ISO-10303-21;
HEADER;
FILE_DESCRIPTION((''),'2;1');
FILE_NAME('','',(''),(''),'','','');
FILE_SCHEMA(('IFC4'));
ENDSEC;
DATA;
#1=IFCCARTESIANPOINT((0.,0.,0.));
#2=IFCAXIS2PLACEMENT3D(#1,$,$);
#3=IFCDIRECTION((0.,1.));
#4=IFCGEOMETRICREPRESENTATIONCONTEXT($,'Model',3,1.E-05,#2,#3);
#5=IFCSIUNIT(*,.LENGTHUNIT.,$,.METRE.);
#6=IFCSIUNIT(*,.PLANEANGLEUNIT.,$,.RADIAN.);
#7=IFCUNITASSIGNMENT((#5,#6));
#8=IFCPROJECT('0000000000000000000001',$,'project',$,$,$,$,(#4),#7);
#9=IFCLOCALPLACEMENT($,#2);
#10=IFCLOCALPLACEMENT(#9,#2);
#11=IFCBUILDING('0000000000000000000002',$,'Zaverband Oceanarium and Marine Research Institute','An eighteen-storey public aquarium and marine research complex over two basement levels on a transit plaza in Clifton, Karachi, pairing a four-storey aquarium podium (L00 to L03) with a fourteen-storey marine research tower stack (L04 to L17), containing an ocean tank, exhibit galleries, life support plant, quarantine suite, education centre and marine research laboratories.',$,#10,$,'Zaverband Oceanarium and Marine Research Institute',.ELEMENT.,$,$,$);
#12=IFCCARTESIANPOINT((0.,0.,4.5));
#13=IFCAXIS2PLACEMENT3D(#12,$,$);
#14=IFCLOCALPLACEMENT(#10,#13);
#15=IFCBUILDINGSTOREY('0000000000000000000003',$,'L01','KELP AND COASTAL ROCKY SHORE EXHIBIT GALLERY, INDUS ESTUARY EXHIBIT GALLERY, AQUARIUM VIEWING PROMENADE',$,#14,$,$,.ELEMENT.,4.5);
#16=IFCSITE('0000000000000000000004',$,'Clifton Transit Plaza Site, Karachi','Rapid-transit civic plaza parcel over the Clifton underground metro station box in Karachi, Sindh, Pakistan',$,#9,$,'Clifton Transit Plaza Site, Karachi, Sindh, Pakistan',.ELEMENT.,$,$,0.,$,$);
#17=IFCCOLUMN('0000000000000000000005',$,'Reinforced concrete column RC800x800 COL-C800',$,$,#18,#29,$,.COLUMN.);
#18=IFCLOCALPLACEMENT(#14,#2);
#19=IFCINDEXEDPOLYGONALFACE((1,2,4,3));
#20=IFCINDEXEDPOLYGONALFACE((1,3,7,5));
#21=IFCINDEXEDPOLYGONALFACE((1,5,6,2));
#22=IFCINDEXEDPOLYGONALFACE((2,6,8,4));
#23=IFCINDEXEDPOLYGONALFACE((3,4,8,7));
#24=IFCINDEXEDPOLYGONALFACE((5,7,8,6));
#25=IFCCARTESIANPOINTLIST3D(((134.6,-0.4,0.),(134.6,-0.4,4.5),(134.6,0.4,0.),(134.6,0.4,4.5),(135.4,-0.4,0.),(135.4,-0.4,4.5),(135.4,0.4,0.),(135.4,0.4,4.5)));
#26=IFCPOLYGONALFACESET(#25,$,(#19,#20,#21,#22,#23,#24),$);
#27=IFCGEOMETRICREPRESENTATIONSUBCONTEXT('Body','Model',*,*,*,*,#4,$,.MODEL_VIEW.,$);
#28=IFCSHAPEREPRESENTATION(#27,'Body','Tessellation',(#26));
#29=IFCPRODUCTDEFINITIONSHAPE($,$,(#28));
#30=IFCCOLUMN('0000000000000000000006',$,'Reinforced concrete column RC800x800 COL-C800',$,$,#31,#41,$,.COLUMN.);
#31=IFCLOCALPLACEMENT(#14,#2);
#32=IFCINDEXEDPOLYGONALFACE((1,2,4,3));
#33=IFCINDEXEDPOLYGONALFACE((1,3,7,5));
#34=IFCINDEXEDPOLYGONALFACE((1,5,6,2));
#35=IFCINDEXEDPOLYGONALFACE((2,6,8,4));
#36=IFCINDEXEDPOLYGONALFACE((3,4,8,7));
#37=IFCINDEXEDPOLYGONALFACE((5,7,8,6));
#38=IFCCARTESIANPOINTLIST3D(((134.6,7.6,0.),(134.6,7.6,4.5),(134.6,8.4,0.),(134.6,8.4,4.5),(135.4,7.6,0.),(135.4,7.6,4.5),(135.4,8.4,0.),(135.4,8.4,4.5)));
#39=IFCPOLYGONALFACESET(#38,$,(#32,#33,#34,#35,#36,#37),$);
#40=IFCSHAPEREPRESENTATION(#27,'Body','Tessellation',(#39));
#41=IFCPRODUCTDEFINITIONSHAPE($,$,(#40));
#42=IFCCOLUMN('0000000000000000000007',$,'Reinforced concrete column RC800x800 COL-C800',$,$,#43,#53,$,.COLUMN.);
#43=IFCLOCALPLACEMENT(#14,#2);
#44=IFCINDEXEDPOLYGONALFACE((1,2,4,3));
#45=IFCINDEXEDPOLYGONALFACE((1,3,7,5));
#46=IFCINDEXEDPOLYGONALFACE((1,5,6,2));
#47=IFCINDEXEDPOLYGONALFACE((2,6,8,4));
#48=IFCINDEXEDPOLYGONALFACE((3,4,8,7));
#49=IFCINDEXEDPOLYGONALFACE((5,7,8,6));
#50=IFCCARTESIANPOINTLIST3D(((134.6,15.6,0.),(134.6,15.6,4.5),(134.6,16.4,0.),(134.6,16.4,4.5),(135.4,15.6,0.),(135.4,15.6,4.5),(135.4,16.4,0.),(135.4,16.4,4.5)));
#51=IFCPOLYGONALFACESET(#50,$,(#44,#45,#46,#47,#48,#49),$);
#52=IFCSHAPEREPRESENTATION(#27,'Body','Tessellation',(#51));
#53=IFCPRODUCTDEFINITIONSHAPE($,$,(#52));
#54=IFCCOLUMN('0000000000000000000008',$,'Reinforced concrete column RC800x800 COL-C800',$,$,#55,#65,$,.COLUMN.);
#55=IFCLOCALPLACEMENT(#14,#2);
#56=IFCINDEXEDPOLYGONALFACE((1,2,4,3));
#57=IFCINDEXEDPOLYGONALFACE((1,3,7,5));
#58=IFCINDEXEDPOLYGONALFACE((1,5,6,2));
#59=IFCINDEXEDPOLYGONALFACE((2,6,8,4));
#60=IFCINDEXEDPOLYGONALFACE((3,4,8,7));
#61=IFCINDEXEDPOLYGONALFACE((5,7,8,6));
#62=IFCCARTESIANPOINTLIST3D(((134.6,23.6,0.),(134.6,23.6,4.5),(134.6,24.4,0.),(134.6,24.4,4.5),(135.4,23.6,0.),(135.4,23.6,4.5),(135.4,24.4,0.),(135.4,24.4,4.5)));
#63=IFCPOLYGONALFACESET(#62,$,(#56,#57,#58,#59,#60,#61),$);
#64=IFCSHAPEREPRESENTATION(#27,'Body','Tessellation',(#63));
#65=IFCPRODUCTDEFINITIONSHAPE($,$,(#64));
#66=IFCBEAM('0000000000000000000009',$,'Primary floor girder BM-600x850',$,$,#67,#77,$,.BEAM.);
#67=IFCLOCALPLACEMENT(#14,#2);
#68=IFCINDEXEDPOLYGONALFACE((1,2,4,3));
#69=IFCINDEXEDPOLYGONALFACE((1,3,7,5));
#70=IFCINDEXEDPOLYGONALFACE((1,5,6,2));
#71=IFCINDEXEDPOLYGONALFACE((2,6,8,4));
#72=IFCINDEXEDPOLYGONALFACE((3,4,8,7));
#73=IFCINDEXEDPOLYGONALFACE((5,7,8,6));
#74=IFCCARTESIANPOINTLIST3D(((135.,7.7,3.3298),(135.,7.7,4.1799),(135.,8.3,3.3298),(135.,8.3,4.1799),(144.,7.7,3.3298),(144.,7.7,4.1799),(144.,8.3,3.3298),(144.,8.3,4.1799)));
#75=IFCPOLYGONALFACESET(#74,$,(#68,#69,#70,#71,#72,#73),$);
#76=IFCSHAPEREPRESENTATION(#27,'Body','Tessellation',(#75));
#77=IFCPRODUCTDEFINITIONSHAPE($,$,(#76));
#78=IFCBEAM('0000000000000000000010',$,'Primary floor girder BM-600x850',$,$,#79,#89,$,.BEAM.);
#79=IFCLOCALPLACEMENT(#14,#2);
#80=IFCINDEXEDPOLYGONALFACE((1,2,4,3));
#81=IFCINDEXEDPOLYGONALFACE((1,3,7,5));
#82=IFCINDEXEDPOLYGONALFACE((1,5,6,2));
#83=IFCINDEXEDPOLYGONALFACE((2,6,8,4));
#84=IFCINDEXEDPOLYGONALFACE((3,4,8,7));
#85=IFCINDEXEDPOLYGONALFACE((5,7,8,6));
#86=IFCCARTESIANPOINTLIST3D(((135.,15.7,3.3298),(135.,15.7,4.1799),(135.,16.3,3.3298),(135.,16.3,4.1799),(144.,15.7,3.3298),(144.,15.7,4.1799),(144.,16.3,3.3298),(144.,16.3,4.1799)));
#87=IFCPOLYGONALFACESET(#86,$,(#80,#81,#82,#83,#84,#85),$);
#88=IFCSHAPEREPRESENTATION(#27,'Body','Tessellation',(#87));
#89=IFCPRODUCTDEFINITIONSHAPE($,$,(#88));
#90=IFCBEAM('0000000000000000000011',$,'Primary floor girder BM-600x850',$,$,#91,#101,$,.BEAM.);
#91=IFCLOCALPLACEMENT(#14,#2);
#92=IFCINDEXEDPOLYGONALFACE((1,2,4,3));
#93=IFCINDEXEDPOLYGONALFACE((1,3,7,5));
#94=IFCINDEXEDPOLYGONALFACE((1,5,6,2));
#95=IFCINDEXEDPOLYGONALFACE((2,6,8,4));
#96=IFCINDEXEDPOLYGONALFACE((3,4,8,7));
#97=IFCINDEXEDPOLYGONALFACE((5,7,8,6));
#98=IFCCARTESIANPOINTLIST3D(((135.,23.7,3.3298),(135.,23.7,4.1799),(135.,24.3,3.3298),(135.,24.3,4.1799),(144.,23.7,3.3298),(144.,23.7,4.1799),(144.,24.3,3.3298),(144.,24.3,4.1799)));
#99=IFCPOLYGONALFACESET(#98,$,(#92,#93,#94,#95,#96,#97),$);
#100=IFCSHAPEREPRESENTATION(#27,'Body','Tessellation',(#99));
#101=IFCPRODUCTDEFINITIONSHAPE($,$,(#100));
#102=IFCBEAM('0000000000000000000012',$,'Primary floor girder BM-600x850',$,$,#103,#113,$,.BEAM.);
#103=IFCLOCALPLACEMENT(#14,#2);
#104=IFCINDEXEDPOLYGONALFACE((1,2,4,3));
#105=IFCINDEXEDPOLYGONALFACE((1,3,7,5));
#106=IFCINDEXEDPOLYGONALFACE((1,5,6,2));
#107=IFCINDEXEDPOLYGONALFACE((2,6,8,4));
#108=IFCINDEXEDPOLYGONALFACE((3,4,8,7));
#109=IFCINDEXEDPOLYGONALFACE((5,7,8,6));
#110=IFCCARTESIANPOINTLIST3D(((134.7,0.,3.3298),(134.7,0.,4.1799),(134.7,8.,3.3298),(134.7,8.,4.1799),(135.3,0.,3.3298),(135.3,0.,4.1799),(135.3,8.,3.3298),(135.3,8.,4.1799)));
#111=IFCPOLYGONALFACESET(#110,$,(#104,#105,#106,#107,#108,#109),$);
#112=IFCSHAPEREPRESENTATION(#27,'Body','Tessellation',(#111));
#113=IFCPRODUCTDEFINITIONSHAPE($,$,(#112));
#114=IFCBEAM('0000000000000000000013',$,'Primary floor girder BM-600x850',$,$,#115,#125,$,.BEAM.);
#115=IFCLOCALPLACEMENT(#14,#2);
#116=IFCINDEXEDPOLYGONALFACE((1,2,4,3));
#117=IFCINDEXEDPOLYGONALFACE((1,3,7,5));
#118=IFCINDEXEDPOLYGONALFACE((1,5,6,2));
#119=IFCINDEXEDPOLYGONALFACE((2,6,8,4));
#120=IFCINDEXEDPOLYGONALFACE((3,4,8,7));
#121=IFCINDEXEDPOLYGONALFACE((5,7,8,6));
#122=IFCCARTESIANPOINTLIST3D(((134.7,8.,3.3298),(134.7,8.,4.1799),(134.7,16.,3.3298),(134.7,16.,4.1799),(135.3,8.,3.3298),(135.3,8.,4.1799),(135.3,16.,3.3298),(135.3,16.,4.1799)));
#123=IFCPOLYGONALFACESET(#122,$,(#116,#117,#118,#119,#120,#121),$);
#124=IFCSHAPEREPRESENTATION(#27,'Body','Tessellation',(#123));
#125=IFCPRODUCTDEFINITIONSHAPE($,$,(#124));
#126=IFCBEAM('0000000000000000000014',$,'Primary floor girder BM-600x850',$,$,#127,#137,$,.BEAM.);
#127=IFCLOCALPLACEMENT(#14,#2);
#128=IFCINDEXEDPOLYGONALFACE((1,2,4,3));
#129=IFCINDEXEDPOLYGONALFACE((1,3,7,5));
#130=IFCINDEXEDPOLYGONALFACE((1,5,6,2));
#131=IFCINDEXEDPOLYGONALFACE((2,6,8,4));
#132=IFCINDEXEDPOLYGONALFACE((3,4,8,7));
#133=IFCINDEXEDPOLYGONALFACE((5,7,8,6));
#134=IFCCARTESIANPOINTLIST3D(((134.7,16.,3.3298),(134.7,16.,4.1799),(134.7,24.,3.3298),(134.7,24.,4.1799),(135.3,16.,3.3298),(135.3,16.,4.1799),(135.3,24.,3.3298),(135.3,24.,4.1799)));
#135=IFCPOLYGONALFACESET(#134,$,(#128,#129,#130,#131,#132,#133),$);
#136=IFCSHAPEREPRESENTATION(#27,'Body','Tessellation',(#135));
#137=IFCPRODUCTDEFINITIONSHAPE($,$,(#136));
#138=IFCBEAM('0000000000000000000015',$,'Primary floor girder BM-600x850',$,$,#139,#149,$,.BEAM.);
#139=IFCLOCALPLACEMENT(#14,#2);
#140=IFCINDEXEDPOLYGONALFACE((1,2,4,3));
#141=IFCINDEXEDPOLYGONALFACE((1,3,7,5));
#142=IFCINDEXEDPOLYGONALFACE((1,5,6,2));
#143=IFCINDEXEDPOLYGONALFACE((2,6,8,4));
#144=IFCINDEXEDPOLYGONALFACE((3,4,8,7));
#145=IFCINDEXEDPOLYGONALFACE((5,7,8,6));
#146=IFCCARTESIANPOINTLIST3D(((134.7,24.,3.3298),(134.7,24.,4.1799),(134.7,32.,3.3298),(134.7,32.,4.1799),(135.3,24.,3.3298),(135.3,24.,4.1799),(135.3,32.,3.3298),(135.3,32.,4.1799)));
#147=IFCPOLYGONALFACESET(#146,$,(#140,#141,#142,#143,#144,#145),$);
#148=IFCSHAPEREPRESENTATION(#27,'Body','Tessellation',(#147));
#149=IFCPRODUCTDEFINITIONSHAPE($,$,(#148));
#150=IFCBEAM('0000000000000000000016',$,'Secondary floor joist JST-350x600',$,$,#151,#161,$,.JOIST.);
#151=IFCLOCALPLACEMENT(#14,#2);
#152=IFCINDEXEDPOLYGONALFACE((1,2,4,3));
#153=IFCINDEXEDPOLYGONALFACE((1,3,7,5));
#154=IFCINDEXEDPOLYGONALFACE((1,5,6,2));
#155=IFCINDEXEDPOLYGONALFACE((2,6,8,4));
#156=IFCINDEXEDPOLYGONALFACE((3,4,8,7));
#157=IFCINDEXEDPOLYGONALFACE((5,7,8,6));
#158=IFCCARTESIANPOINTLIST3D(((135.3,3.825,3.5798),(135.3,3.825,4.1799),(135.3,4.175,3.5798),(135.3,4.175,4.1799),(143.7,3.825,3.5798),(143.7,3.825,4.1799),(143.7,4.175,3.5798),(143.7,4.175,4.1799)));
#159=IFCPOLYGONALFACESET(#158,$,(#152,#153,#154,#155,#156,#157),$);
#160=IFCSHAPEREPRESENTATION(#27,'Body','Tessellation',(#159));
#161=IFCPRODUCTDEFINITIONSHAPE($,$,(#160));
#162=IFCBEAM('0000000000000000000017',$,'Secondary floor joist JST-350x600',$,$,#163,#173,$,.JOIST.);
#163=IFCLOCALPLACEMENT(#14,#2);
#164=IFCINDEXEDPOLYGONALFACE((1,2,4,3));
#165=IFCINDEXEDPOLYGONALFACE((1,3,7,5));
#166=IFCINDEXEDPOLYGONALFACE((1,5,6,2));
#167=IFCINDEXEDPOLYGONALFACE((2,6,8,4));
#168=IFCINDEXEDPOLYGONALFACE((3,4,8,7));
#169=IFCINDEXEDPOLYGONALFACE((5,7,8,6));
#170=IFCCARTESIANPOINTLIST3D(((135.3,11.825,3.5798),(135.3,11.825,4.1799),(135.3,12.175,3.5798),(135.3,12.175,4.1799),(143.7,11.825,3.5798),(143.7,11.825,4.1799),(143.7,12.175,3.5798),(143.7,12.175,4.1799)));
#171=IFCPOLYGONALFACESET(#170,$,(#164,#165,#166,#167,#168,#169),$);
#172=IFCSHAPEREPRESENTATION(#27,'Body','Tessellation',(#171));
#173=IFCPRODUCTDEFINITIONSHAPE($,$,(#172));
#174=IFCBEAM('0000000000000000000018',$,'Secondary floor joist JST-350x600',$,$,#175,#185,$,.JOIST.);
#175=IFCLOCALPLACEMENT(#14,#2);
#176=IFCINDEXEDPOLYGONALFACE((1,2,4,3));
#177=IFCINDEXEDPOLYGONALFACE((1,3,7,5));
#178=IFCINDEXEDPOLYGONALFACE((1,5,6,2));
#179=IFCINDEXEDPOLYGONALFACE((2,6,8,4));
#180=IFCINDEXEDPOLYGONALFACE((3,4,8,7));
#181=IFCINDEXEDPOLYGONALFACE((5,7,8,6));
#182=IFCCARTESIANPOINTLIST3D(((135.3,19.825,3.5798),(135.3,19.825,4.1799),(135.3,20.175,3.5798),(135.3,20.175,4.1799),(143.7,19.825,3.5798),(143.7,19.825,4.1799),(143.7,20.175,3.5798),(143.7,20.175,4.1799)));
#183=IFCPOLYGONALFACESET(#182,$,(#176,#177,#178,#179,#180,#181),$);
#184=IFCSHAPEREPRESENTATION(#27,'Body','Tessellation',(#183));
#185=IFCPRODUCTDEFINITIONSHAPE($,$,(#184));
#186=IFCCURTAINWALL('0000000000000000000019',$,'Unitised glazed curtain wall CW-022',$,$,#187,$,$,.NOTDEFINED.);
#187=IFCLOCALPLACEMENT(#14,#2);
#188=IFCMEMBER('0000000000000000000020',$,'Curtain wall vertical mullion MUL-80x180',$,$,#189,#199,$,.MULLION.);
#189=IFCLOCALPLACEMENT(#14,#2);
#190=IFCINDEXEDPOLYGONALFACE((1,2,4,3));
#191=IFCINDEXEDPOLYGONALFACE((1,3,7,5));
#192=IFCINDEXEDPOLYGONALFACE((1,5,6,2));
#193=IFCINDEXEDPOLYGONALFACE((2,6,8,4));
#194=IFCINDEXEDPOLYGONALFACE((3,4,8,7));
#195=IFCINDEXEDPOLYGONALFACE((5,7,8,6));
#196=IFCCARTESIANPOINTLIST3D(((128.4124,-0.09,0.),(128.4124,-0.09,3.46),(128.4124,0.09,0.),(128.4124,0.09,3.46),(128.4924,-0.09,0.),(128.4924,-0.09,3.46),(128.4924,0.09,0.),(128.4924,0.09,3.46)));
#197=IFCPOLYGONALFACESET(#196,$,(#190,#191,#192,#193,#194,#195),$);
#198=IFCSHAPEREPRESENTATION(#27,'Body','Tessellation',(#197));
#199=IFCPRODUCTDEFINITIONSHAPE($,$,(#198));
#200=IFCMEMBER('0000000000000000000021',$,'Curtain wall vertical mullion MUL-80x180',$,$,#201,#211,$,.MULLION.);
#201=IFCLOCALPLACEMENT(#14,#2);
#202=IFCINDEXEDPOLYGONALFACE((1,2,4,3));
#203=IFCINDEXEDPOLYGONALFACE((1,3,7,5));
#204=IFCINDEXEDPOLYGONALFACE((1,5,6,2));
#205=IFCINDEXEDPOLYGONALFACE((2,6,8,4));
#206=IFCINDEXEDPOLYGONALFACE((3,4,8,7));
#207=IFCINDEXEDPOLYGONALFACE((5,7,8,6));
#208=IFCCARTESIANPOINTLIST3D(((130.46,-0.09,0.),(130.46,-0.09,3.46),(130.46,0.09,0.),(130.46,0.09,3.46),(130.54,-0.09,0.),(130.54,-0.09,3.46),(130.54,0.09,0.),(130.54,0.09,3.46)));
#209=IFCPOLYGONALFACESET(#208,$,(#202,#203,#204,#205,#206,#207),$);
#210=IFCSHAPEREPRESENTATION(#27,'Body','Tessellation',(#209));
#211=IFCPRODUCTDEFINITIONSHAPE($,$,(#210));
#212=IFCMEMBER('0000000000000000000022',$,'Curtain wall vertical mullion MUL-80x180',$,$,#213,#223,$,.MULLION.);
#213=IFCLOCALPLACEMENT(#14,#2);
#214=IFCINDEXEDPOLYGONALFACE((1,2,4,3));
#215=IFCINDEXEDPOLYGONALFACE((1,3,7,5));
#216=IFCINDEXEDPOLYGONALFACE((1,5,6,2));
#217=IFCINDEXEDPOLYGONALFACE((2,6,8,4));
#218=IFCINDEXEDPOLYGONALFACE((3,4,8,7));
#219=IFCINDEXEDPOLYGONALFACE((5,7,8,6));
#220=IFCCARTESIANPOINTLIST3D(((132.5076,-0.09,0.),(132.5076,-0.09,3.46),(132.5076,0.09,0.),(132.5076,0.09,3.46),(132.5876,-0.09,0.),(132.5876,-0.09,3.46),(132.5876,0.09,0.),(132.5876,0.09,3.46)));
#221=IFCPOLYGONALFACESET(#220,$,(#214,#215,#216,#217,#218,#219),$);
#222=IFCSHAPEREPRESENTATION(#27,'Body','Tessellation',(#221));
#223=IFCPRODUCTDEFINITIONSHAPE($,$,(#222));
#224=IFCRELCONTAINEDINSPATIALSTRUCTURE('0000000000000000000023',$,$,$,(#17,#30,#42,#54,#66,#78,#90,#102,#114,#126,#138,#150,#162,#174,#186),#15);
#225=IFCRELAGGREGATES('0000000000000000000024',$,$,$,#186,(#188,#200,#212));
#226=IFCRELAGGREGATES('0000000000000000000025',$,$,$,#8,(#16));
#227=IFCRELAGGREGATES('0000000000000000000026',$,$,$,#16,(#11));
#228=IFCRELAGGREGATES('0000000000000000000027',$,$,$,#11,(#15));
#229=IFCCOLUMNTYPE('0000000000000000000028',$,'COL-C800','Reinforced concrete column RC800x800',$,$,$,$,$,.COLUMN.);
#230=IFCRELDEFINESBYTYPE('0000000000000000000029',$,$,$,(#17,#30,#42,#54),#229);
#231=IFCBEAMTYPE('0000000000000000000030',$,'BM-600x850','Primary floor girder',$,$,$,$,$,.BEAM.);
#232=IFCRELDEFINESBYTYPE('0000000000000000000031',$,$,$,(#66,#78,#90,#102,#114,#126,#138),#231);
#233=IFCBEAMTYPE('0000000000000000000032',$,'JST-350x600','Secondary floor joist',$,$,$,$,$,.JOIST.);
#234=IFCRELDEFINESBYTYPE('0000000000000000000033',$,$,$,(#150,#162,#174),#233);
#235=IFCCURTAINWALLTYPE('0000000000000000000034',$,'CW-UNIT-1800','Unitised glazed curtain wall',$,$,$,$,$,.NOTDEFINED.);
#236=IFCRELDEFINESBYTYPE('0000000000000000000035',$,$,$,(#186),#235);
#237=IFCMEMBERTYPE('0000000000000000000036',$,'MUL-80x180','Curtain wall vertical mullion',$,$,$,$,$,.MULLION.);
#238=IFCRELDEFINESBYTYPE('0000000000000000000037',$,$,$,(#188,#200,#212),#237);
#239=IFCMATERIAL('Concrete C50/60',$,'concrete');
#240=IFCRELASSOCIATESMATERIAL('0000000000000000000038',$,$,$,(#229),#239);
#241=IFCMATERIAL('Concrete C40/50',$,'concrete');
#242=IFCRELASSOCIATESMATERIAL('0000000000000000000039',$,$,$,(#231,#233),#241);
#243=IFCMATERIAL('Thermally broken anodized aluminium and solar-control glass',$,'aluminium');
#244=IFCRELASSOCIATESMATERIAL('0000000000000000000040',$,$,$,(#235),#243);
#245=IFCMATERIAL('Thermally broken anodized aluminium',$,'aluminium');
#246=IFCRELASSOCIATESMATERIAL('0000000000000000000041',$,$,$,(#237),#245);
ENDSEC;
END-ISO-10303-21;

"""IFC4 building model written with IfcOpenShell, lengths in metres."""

from ifc_helpers import new_model, si_unit, direction, frame, origin, origin_2d, place, context, subcontext, project, spatial, rectangle, extrude, material, material_profile, profile_set, type_object, element, aggregate, save


model = new_model("IFC4")

# Units and contexts
model_context = context("Model", 3, precision=1e-05, world=origin(), true_north=direction((0.0, 1.0)))
body_context = subcontext(model_context, "Body", "Model", "MODEL_VIEW")
ifc_project = project(units=[si_unit("LENGTHUNIT", "METRE"), si_unit("PLANEANGLEUNIT", "RADIAN")], contexts=[model_context])

# Site, building, storey
site_placement = place(None, origin())
site = spatial("IfcSite", under=ifc_project, at=site_placement, Name="Clifton Transit Plaza Site, Karachi", Description="Rapid-transit civic plaza parcel over the Clifton underground metro station box in Karachi, Sindh, Pakistan", LongName="Clifton Transit Plaza Site, Karachi, Sindh, Pakistan", CompositionType="ELEMENT", RefElevation=0.0)
building_placement = place(site_placement, origin())
building = spatial("IfcBuilding", under=site, at=building_placement, Name="Zaverband Oceanarium and Marine Research Institute", Description="An eighteen-storey public aquarium and marine research complex over two basement levels on a transit plaza in Clifton, Karachi, pairing a four-storey aquarium podium (L00 to L03) with a fourteen-storey marine research tower stack (L04 to L17), containing an ocean tank, exhibit galleries, life support plant, quarantine suite, education centre and marine research laboratories.", LongName="Zaverband Oceanarium and Marine Research Institute", CompositionType="ELEMENT")
storey_placement = place(building_placement, frame((0.0, 0.0, 4.5)))
storey = spatial("IfcBuildingStorey", under=building, at=storey_placement, Name="L01", Description="KELP AND COASTAL ROCKY SHORE EXHIBIT GALLERY, INDUS ESTUARY EXHIBIT GALLERY, AQUARIUM VIEWING PROMENADE", CompositionType="ELEMENT", Elevation=4.5)

# Columns
ifc_material_1 = material(Name="Concrete C50/60", Category="concrete")
ifc_material_profile_1 = material_profile(ifc_material_1, rectangle(XDim=0.8, YDim=0.8, at=origin_2d()), Name="RC800x800")
ifc_profile_set_1 = profile_set([ifc_material_profile_1], Name="Concrete C50/60")
column_type = type_object("IfcColumnType", Name="COL-C800", Description="Reinforced concrete column RC800x800", PredefinedType="COLUMN", material=ifc_profile_set_1)
for number, where, z_axis, x_axis, name in (
    (1, (135.0, 0.0, 0.0), (0.0, 0.0, 1.0), (1.0, 0.0, 0.0), "Reinforced concrete column RC800x800 COL-C800"),
    (2, (135.0, 8.0, 0.0), (0.0, 0.0, 1.0), (1.0, 0.0, 0.0), "Reinforced concrete column RC800x800 COL-C800"),
    (3, (135.0, 16.0, 0.0), (0.0, 0.0, 1.0), (1.0, 0.0, 0.0), "Reinforced concrete column RC800x800 COL-C800"),
    (4, (135.0, 24.0, 0.0), (0.0, 0.0, 1.0), (1.0, 0.0, 0.0), "Reinforced concrete column RC800x800 COL-C800"),
):
    element("IfcColumn", number, at=place(storey_placement, frame(where, z_axis=z_axis, x_axis=x_axis)), inside=storey, type_object=column_type, Name=name, PredefinedType="COLUMN", context=body_context, shape_type="SweptSolid", body=[
        extrude(rectangle(XDim=0.8, YDim=0.8, at=origin_2d()), origin(), (0.0, 0.0, 1.0), 4.5),
    ])

# Beams
ifc_material_2 = material(Name="Concrete C40/50", Category="concrete")
ifc_material_profile_2 = material_profile(ifc_material_2, rectangle(XDim=0.6001, YDim=0.8501, at=origin_2d()), Name="RC600x850")
ifc_profile_set_2 = profile_set([ifc_material_profile_2], Name="Concrete C40/50")
beam_type_1 = type_object("IfcBeamType", Name="BM-600x850", Description="Primary floor girder", PredefinedType="BEAM", material=ifc_profile_set_2)
for number, where, z_axis, x_axis, name in (
    (5, (135.0, 8.0, 3.7549), (1.0, 0.0, 0.0), (0.0, 1.0, 0.0), "Primary floor girder BM-600x850"),
    (6, (135.0, 16.0, 3.7549), (1.0, 0.0, 0.0), (0.0, 1.0, 0.0), "Primary floor girder BM-600x850"),
    (7, (135.0, 24.0, 3.7549), (1.0, 0.0, 0.0), (0.0, 1.0, 0.0), "Primary floor girder BM-600x850"),
):
    element("IfcBeam", number, at=place(storey_placement, frame(where, z_axis=z_axis, x_axis=x_axis)), inside=storey, type_object=beam_type_1, Name=name, PredefinedType="BEAM", context=body_context, shape_type="SweptSolid", body=[
        extrude(rectangle(XDim=0.6001, YDim=0.8501, at=origin_2d()), origin(), (0.0, 0.0, 1.0), 9.0),
    ])
for number, where, z_axis, x_axis, name in (
    (8, (135.0, 0.0, 3.7549), (0.0, 1.0, 0.0), (-1.0, 0.0, 0.0), "Primary floor girder BM-600x850"),
    (9, (135.0, 8.0, 3.7549), (0.0, 1.0, 0.0), (-1.0, 0.0, 0.0), "Primary floor girder BM-600x850"),
    (10, (135.0, 16.0, 3.7549), (0.0, 1.0, 0.0), (-1.0, 0.0, 0.0), "Primary floor girder BM-600x850"),
    (11, (135.0, 24.0, 3.7549), (0.0, 1.0, 0.0), (-1.0, 0.0, 0.0), "Primary floor girder BM-600x850"),
):
    element("IfcBeam", number, at=place(storey_placement, frame(where, z_axis=z_axis, x_axis=x_axis)), inside=storey, type_object=beam_type_1, Name=name, PredefinedType="BEAM", context=body_context, shape_type="SweptSolid", body=[
        extrude(rectangle(XDim=0.6001, YDim=0.8501, at=origin_2d()), origin(), (0.0, 0.0, 1.0), 8.0),
    ])
ifc_material_profile_3 = material_profile(ifc_material_2, rectangle(XDim=0.3501, YDim=0.6001, at=origin_2d()), Name="RC350x600")
ifc_profile_set_3 = profile_set([ifc_material_profile_3], Name="Concrete C40/50")
beam_type_2 = type_object("IfcBeamType", Name="JST-350x600", Description="Secondary floor joist", PredefinedType="JOIST", material=ifc_profile_set_3)
for number, where, z_axis, x_axis, name in (
    (12, (135.3, 4.0, 3.8799), (1.0, 0.0, 0.0), (0.0, 1.0, 0.0), "Secondary floor joist JST-350x600"),
    (13, (135.3, 12.0, 3.8799), (1.0, 0.0, 0.0), (0.0, 1.0, 0.0), "Secondary floor joist JST-350x600"),
    (14, (135.3, 20.0, 3.8799), (1.0, 0.0, 0.0), (0.0, 1.0, 0.0), "Secondary floor joist JST-350x600"),
):
    element("IfcBeam", number, at=place(storey_placement, frame(where, z_axis=z_axis, x_axis=x_axis)), inside=storey, type_object=beam_type_2, Name=name, PredefinedType="JOIST", context=body_context, shape_type="SweptSolid", body=[
        extrude(rectangle(XDim=0.3501, YDim=0.6001, at=origin_2d()), origin(), (0.0, 0.0, 1.0), 8.3999),
    ])

# Curtain wall, members
ifc_material_3 = material(Name="Thermally broken anodized aluminium and solar-control glass", Category="aluminium")
curtain_wall_type = type_object("IfcCurtainWallType", Name="CW-UNIT-1800", Description="Unitised glazed curtain wall", PredefinedType="NOTDEFINED", material=ifc_material_3)
curtain_wall_placement = place(storey_placement, origin())
curtain_wall = element("IfcCurtainWall", 15, at=curtain_wall_placement, inside=storey, type_object=curtain_wall_type, Name="Unitised glazed curtain wall CW-022", PredefinedType="NOTDEFINED")
ifc_material_4 = material(Name="Thermally broken anodized aluminium", Category="aluminium")
ifc_material_profile_4 = material_profile(ifc_material_4, rectangle(XDim=0.0801, YDim=0.1799, at=origin_2d()), Name="AL-MUL-80x180")
ifc_profile_set_4 = profile_set([ifc_material_profile_4], Name="Thermally broken anodized aluminium")
member_type = type_object("IfcMemberType", Name="MUL-80x180", Description="Curtain wall vertical mullion", PredefinedType="MULLION", material=ifc_profile_set_4)
member_1_placement = place(storey_placement, frame((128.4524, 0.0, 0.0), z_axis=(0.0, 0.0, 1.0), x_axis=(1.0, 0.0, 0.0)))
member_1 = element("IfcMember", 16, at=member_1_placement, type_object=member_type, Name="Curtain wall vertical mullion MUL-80x180", PredefinedType="MULLION", context=body_context, shape_type="SweptSolid", body=[
    extrude(rectangle(XDim=0.0801, YDim=0.1799, at=origin_2d()), origin(), (0.0, 0.0, 1.0), 3.46),
])
member_2_placement = place(storey_placement, frame((130.5, 0.0, 0.0), z_axis=(0.0, 0.0, 1.0), x_axis=(1.0, 0.0, 0.0)))
member_2 = element("IfcMember", 17, at=member_2_placement, type_object=member_type, Name="Curtain wall vertical mullion MUL-80x180", PredefinedType="MULLION", context=body_context, shape_type="SweptSolid", body=[
    extrude(rectangle(XDim=0.0801, YDim=0.1799, at=origin_2d()), origin(), (0.0, 0.0, 1.0), 3.46),
])
member_3_placement = place(storey_placement, frame((132.5476, 0.0, 0.0), z_axis=(0.0, 0.0, 1.0), x_axis=(1.0, 0.0, 0.0)))
member_3 = element("IfcMember", 18, at=member_3_placement, type_object=member_type, Name="Curtain wall vertical mullion MUL-80x180", PredefinedType="MULLION", context=body_context, shape_type="SweptSolid", body=[
    extrude(rectangle(XDim=0.0801, YDim=0.1799, at=origin_2d()), origin(), (0.0, 0.0, 1.0), 3.46),
])

aggregate(curtain_wall, [member_1, member_2, member_3])

save(model, "model.ifc")
